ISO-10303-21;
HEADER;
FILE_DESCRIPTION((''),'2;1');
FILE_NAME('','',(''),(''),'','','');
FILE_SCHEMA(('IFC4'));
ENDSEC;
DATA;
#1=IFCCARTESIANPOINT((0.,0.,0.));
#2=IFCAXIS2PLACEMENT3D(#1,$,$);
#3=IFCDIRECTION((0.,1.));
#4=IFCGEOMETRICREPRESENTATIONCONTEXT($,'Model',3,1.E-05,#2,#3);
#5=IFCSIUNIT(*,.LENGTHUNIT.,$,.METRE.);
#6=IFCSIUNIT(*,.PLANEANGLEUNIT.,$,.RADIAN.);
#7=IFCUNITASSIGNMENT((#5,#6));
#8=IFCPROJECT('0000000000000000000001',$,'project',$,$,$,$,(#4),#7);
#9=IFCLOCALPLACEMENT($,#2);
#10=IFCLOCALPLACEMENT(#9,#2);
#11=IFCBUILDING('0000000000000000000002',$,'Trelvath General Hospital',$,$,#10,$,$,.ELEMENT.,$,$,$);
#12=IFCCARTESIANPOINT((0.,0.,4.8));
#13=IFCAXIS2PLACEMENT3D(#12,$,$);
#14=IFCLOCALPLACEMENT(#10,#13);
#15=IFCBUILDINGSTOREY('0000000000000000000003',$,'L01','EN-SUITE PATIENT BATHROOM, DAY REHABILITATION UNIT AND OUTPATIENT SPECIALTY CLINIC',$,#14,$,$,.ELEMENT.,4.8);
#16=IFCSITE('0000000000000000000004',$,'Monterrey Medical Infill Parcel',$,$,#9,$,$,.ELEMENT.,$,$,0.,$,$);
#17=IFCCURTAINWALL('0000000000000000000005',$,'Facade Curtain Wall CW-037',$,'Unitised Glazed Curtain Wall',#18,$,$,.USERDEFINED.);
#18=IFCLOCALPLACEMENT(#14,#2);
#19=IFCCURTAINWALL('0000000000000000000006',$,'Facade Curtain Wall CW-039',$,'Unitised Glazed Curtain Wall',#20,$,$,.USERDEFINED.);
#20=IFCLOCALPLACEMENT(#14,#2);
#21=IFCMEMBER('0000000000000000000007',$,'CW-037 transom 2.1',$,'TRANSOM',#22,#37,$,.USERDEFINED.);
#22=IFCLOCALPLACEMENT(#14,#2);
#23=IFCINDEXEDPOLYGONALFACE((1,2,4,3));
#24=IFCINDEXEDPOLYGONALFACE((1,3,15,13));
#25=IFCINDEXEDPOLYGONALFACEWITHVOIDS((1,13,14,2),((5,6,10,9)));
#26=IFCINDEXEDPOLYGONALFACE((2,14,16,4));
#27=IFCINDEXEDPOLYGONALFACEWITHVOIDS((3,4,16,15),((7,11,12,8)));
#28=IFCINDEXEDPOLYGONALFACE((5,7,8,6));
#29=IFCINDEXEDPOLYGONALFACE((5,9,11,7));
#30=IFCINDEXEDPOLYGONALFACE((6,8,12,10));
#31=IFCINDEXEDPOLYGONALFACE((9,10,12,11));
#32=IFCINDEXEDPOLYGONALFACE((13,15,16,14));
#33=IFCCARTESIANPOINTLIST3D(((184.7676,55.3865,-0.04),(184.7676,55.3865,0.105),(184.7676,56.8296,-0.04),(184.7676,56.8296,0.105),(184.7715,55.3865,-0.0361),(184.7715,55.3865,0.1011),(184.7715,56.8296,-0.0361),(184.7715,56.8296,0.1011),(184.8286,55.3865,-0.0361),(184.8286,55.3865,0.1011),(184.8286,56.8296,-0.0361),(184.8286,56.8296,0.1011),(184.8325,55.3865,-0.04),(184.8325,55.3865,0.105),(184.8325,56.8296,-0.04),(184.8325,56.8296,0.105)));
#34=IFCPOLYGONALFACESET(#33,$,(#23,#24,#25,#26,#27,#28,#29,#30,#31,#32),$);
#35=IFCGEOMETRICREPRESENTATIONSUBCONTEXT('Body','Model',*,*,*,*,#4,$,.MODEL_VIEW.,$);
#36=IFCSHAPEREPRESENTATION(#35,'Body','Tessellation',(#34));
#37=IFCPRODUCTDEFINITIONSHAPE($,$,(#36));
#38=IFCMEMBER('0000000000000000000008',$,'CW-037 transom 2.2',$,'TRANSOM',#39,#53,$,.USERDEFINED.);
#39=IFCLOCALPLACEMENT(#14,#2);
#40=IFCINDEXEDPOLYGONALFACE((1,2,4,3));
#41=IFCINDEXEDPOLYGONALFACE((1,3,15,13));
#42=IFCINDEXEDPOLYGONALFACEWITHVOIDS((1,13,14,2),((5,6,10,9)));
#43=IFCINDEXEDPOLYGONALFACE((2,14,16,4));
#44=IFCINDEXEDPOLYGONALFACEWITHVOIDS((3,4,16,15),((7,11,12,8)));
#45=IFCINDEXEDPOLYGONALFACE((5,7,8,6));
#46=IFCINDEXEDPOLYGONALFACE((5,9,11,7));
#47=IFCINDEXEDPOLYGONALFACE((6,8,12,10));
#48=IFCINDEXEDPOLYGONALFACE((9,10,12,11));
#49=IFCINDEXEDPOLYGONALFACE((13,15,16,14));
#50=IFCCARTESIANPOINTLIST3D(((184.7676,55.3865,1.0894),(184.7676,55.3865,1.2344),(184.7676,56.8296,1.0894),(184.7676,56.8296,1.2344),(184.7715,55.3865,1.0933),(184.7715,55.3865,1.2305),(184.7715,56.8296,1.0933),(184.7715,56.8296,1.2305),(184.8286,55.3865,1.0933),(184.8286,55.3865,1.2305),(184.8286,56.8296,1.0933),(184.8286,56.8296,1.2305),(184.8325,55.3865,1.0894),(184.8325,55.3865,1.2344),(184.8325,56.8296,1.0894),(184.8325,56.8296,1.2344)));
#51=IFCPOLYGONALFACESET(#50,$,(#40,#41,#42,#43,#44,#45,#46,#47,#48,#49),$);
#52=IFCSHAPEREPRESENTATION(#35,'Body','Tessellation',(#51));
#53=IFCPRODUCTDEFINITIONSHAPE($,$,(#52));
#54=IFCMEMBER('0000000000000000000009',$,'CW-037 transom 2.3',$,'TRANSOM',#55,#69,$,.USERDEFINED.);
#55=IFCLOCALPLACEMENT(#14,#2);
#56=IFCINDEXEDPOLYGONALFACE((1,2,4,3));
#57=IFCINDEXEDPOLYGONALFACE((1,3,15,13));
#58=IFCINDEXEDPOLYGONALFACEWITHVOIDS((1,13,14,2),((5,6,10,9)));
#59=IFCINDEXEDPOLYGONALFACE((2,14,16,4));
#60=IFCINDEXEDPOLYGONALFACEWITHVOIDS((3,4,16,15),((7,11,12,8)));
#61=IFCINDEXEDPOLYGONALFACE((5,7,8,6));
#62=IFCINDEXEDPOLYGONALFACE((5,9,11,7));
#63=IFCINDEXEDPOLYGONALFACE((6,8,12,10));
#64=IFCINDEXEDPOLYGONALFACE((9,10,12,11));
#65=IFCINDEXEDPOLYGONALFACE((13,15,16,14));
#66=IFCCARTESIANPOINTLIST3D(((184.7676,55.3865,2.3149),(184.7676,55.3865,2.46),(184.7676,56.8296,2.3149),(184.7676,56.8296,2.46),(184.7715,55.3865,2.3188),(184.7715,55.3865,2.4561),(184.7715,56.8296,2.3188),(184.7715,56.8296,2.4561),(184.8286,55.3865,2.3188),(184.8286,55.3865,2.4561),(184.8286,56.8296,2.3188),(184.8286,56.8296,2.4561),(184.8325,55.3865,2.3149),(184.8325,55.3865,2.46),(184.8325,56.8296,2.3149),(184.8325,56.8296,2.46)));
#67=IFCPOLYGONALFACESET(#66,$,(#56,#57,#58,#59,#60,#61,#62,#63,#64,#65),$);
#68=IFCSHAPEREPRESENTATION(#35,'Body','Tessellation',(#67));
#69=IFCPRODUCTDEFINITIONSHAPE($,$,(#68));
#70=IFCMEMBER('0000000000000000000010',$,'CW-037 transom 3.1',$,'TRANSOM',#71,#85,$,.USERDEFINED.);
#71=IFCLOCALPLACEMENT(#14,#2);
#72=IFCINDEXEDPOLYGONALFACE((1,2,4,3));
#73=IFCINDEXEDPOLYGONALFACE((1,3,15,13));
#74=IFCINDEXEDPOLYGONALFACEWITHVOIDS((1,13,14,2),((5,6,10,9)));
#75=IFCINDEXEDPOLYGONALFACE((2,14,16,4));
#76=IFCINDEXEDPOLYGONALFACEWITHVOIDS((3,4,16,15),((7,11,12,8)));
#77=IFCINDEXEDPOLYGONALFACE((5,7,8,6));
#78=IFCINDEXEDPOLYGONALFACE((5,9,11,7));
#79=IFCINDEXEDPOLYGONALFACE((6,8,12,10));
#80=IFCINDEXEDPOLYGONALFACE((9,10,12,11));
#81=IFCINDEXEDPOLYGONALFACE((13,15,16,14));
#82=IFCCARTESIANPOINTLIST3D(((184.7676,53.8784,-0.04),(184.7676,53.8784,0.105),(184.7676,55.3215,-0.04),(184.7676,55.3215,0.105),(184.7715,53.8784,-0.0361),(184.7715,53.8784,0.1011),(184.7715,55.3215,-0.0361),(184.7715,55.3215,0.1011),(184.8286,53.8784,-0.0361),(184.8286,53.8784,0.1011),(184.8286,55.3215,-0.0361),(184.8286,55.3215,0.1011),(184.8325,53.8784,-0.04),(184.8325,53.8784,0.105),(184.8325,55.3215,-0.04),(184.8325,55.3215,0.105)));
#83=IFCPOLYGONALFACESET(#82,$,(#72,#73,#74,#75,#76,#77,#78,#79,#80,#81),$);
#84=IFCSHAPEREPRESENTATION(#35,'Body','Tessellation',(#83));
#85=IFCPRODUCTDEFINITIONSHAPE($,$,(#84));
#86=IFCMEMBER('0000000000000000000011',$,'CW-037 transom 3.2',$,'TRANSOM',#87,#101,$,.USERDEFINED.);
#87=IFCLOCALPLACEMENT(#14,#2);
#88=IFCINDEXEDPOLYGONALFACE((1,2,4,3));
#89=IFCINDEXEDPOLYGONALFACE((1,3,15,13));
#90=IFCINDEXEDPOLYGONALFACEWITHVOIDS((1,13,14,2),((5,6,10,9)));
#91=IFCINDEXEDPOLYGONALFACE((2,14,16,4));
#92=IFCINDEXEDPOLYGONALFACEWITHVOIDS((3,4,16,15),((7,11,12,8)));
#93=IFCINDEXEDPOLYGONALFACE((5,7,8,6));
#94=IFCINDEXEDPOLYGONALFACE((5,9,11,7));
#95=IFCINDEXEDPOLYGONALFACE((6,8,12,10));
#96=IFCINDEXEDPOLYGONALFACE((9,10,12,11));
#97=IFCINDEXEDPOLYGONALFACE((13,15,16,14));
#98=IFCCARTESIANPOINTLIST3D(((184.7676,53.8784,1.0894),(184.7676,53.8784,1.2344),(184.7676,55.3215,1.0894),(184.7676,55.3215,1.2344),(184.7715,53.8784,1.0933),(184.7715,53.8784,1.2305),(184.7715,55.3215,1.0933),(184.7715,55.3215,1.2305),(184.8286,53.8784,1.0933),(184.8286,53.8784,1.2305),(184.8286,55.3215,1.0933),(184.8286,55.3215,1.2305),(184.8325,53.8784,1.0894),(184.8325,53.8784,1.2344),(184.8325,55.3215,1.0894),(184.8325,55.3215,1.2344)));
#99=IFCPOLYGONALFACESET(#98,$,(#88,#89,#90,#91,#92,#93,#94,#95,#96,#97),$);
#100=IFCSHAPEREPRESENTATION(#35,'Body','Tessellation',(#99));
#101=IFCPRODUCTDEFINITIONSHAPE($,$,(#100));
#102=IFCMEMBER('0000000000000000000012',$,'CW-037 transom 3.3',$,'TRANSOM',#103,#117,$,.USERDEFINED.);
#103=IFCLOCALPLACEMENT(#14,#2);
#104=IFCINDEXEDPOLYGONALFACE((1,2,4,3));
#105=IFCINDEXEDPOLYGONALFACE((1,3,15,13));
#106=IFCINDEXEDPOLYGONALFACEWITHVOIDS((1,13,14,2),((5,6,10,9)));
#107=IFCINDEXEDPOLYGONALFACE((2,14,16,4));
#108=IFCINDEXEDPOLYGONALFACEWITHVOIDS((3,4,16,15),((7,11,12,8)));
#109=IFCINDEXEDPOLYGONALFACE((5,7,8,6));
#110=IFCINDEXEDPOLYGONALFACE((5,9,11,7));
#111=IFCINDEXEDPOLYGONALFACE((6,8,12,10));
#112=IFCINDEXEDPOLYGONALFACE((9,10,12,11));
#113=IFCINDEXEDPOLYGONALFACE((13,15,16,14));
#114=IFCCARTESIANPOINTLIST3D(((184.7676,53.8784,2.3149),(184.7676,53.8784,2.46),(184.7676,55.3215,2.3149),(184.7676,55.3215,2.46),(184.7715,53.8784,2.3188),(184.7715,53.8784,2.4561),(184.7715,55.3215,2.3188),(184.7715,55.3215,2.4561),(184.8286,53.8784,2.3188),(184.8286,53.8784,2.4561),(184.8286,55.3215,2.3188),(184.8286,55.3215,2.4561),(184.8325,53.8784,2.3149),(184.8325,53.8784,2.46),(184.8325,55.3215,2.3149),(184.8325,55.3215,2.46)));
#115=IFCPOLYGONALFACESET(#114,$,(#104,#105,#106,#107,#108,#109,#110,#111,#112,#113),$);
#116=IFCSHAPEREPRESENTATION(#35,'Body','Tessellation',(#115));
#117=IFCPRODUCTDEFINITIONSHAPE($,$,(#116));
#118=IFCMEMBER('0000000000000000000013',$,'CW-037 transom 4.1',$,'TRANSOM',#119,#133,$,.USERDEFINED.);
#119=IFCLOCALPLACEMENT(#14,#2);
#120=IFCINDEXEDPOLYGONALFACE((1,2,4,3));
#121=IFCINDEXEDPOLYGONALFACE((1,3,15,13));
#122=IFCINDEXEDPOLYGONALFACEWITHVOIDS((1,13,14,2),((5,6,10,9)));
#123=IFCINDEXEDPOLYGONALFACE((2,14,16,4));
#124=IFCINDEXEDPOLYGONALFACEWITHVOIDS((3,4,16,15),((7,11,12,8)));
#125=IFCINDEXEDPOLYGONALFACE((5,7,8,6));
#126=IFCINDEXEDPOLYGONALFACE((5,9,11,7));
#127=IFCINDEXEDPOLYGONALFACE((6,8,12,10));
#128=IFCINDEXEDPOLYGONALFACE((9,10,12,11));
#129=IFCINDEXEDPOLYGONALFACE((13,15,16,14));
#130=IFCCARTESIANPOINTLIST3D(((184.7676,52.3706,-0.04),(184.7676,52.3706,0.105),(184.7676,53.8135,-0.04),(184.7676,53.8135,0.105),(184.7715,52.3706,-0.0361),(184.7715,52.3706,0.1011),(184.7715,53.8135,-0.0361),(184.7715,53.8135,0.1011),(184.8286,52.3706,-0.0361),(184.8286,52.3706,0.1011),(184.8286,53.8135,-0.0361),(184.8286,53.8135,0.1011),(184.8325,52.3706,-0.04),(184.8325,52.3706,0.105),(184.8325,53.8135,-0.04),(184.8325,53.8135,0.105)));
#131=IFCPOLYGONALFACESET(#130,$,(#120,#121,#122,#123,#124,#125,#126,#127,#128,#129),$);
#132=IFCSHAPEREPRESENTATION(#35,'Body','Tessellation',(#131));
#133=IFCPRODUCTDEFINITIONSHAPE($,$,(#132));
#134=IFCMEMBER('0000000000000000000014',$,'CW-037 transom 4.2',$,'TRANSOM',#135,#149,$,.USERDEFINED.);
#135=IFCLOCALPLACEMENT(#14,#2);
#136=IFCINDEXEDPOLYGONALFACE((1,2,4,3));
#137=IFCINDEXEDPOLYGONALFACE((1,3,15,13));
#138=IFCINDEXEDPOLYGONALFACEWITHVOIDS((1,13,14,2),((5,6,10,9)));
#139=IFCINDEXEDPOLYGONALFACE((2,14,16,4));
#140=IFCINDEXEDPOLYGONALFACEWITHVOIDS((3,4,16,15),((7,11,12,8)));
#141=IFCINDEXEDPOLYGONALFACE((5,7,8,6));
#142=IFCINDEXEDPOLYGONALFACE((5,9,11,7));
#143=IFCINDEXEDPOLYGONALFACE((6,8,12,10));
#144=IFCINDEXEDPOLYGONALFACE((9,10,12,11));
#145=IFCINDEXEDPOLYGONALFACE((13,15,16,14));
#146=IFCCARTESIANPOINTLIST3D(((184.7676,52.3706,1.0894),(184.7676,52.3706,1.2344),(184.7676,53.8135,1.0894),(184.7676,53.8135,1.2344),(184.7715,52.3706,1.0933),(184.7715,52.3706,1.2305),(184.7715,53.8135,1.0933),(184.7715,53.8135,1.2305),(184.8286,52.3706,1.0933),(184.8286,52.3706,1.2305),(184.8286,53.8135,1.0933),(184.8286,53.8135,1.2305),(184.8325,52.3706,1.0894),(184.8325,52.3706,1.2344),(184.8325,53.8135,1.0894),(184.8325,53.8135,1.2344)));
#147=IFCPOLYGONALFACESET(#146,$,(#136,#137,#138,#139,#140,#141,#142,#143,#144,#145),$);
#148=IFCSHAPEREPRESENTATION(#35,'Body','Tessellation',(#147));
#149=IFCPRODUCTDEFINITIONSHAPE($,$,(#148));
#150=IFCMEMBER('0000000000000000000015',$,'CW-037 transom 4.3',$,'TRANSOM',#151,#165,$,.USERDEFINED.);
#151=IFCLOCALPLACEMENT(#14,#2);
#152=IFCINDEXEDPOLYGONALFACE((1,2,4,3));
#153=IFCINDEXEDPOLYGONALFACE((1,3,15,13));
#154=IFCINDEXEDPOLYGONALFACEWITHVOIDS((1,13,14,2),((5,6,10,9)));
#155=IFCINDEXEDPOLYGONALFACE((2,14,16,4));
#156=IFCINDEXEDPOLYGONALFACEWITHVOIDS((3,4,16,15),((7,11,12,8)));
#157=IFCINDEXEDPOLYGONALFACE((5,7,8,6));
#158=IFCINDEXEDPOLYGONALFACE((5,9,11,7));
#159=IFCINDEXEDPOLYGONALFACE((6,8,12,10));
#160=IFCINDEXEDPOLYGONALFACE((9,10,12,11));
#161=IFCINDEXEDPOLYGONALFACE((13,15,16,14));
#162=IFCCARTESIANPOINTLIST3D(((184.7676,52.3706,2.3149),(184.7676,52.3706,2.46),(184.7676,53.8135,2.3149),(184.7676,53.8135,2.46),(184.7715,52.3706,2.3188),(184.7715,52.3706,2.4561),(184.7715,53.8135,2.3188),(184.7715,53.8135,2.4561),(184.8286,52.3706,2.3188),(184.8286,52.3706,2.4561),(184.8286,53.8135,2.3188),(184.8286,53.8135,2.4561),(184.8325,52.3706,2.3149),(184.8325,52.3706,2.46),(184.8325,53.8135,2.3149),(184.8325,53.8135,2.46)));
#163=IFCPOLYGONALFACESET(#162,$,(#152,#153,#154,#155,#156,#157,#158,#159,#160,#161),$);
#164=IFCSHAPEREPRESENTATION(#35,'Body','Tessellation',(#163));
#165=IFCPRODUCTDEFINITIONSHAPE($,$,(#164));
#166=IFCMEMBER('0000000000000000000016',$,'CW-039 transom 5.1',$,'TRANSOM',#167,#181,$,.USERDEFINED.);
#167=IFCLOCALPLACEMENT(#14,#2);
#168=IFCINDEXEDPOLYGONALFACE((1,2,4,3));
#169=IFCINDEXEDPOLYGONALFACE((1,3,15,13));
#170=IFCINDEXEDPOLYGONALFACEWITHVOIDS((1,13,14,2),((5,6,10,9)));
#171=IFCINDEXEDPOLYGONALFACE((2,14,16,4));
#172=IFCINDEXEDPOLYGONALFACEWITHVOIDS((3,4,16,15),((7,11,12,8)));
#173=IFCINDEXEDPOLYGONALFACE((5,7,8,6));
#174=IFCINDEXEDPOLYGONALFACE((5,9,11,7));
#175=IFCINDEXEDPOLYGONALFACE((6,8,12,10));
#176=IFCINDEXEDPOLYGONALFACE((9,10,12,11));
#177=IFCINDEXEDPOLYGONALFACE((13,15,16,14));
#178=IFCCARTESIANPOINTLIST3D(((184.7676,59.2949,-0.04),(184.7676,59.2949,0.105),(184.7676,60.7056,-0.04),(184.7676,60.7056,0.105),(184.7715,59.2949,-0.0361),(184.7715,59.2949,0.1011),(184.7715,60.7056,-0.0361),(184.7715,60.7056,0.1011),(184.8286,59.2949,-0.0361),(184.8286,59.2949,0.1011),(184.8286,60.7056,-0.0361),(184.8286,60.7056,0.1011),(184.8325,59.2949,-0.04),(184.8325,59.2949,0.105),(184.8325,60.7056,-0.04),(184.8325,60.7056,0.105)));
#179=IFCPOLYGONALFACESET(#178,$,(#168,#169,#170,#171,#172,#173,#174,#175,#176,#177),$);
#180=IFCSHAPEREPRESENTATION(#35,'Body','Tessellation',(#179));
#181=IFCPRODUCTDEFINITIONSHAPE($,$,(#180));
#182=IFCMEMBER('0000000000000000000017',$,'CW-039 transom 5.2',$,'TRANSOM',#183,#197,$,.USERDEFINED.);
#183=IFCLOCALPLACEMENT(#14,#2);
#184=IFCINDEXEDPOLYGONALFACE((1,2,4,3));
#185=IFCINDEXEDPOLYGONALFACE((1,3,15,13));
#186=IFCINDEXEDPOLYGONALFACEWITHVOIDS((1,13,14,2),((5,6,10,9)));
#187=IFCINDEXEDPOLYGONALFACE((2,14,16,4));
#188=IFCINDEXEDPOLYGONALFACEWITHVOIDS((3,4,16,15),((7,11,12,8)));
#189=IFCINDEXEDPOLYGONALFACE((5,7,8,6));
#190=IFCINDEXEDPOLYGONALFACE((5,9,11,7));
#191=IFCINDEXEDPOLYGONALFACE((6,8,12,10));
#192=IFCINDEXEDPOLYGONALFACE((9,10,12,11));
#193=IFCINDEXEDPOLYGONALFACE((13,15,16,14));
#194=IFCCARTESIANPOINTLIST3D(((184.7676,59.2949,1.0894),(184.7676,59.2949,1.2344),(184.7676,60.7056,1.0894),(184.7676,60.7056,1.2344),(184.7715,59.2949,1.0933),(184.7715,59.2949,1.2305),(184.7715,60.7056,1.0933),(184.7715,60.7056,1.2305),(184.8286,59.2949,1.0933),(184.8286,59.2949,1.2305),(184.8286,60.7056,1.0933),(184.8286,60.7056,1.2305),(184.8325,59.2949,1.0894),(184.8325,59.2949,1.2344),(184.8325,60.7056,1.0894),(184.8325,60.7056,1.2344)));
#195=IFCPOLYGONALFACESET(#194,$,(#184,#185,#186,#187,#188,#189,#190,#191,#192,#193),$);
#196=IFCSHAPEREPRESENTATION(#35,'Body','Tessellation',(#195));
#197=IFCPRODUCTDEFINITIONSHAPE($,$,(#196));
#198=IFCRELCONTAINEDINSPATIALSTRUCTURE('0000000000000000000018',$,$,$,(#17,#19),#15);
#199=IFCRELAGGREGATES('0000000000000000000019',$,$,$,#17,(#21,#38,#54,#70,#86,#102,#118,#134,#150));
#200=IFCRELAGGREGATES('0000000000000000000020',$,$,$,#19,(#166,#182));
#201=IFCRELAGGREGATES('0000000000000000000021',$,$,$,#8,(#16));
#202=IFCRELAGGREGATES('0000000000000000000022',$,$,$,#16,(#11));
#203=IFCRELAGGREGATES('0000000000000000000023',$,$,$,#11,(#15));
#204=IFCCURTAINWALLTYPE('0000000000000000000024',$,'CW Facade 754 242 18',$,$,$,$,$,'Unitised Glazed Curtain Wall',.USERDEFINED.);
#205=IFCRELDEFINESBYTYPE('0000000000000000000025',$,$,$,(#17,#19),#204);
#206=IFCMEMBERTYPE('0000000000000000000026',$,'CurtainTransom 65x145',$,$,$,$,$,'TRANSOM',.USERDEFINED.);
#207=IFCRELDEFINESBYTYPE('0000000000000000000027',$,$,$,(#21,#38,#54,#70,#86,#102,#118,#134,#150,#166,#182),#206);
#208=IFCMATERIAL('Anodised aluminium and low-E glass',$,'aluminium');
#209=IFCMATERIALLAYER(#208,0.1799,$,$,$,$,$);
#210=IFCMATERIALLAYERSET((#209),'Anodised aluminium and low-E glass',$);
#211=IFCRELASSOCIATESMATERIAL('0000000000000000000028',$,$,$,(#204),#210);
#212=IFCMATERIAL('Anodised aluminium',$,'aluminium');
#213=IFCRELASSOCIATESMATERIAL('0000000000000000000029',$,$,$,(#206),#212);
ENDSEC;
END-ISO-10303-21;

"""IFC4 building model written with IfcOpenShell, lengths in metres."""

from ifc_helpers import new_model, si_unit, direction, frame, origin, origin_2d, place, context, subcontext, project, spatial, hollow_rectangle, extrude, material, layer, layer_set, material_profile, profile_set, type_object, element, aggregate, save


model = new_model("IFC4")

# Units and contexts
model_context = context("Model", 3, precision=1e-05, world=origin(), true_north=direction((0.0, 1.0)))
body_context = subcontext(model_context, "Body", "Model", "MODEL_VIEW")
ifc_project = project(units=[si_unit("LENGTHUNIT", "METRE"), si_unit("PLANEANGLEUNIT", "RADIAN")], contexts=[model_context])

# Site, building, storey
site_placement = place(None, origin())
site = spatial("IfcSite", under=ifc_project, at=site_placement, Name="Monterrey Medical Infill Parcel", CompositionType="ELEMENT", RefElevation=0.0)
building_placement = place(site_placement, origin())
building = spatial("IfcBuilding", under=site, at=building_placement, Name="Trelvath General Hospital", CompositionType="ELEMENT")
storey_placement = place(building_placement, frame((0.0, 0.0, 4.8)))
storey = spatial("IfcBuildingStorey", under=building, at=storey_placement, Name="L01", Description="EN-SUITE PATIENT BATHROOM, DAY REHABILITATION UNIT AND OUTPATIENT SPECIALTY CLINIC", CompositionType="ELEMENT", Elevation=4.8)

# Curtain wall
ifc_material_1 = material(Name="Anodised aluminium and low-E glass", Category="aluminium")
ifc_layer_1 = layer(ifc_material_1, 0.1799)
ifc_layer_set_1 = layer_set([ifc_layer_1], Name="Anodised aluminium and low-E glass")
curtain_wall_type = type_object("IfcCurtainWallType", Name="CW Facade 754 242 18", ElementType="Unitised Glazed Curtain Wall", PredefinedType="USERDEFINED", material=ifc_layer_set_1)
curtain_wall_1_placement = place(storey_placement, origin())
curtain_wall_1 = element("IfcCurtainWall", 1, at=curtain_wall_1_placement, inside=storey, type_object=curtain_wall_type, Name="Facade Curtain Wall CW-037", ObjectType="Unitised Glazed Curtain Wall", PredefinedType="USERDEFINED")

# Curtain wall
curtain_wall_2_placement = place(storey_placement, origin())
curtain_wall_2 = element("IfcCurtainWall", 2, at=curtain_wall_2_placement, inside=storey, type_object=curtain_wall_type, Name="Facade Curtain Wall CW-039", ObjectType="Unitised Glazed Curtain Wall", PredefinedType="USERDEFINED")

# Members
ifc_material_2 = material(Name="Anodised aluminium", Category="aluminium")
ifc_material_profile_1 = material_profile(ifc_material_2, hollow_rectangle(XDim=0.0649, YDim=0.145, WallThickness=0.0039, at=origin_2d()), Name="RHS65x145x4")
ifc_profile_set_1 = profile_set([ifc_material_profile_1], Name="Anodised aluminium")
member_type_1 = type_object("IfcMemberType", Name="CurtainTransom 65x145", ElementType="TRANSOM", PredefinedType="USERDEFINED", material=ifc_profile_set_1)
member_1_placement = place(storey_placement, frame((184.8, 56.8296, 0.0325), z_axis=(0.0, -1.0, 0.0), x_axis=(1.0, 0.0, 0.0)))
member_1 = element("IfcMember", 3, at=member_1_placement, type_object=member_type_1, Name="CW-037 transom 2.1", ObjectType="TRANSOM", PredefinedType="USERDEFINED", context=body_context, shape_type="SweptSolid", body=[
    extrude(hollow_rectangle(XDim=0.0649, YDim=0.145, WallThickness=0.0039, at=origin_2d()), origin(), (0.0, 0.0, 1.0), 1.4431),
])
member_2_placement = place(storey_placement, frame((184.8, 56.8296, 1.1619), z_axis=(0.0, -1.0, 0.0), x_axis=(1.0, 0.0, 0.0)))
member_2 = element("IfcMember", 4, at=member_2_placement, type_object=member_type_1, Name="CW-037 transom 2.2", ObjectType="TRANSOM", PredefinedType="USERDEFINED", context=body_context, shape_type="SweptSolid", body=[
    extrude(hollow_rectangle(XDim=0.0649, YDim=0.145, WallThickness=0.0039, at=origin_2d()), origin(), (0.0, 0.0, 1.0), 1.4431),
])
member_3_placement = place(storey_placement, frame((184.8, 56.8296, 2.3875), z_axis=(0.0, -1.0, 0.0), x_axis=(1.0, 0.0, 0.0)))
member_3 = element("IfcMember", 5, at=member_3_placement, type_object=member_type_1, Name="CW-037 transom 2.3", ObjectType="TRANSOM", PredefinedType="USERDEFINED", context=body_context, shape_type="SweptSolid", body=[
    extrude(hollow_rectangle(XDim=0.0649, YDim=0.145, WallThickness=0.0039, at=origin_2d()), origin(), (0.0, 0.0, 1.0), 1.4431),
])
member_4_placement = place(storey_placement, frame((184.8, 55.3215, 0.0325), z_axis=(0.0, -1.0, 0.0), x_axis=(1.0, 0.0, 0.0)))
member_4 = element("IfcMember", 6, at=member_4_placement, type_object=member_type_1, Name="CW-037 transom 3.1", ObjectType="TRANSOM", PredefinedType="USERDEFINED", context=body_context, shape_type="SweptSolid", body=[
    extrude(hollow_rectangle(XDim=0.0649, YDim=0.145, WallThickness=0.0039, at=origin_2d()), origin(), (0.0, 0.0, 1.0), 1.4431),
])
member_5_placement = place(storey_placement, frame((184.8, 55.3215, 1.1619), z_axis=(0.0, -1.0, 0.0), x_axis=(1.0, 0.0, 0.0)))
member_5 = element("IfcMember", 7, at=member_5_placement, type_object=member_type_1, Name="CW-037 transom 3.2", ObjectType="TRANSOM", PredefinedType="USERDEFINED", context=body_context, shape_type="SweptSolid", body=[
    extrude(hollow_rectangle(XDim=0.0649, YDim=0.145, WallThickness=0.0039, at=origin_2d()), origin(), (0.0, 0.0, 1.0), 1.4431),
])
member_6_placement = place(storey_placement, frame((184.8, 55.3215, 2.3875), z_axis=(0.0, -1.0, 0.0), x_axis=(1.0, 0.0, 0.0)))
member_6 = element("IfcMember", 8, at=member_6_placement, type_object=member_type_1, Name="CW-037 transom 3.3", ObjectType="TRANSOM", PredefinedType="USERDEFINED", context=body_context, shape_type="SweptSolid", body=[
    extrude(hollow_rectangle(XDim=0.0649, YDim=0.145, WallThickness=0.0039, at=origin_2d()), origin(), (0.0, 0.0, 1.0), 1.4431),
])
member_7_placement = place(storey_placement, frame((184.8, 53.8135, 0.0325), z_axis=(0.0, -1.0, 0.0), x_axis=(1.0, 0.0, 0.0)))
member_7 = element("IfcMember", 9, at=member_7_placement, type_object=member_type_1, Name="CW-037 transom 4.1", ObjectType="TRANSOM", PredefinedType="USERDEFINED", context=body_context, shape_type="SweptSolid", body=[
    extrude(hollow_rectangle(XDim=0.0649, YDim=0.145, WallThickness=0.0039, at=origin_2d()), origin(), (0.0, 0.0, 1.0), 1.4429),
])
member_8_placement = place(storey_placement, frame((184.8, 53.8135, 1.1619), z_axis=(0.0, -1.0, 0.0), x_axis=(1.0, 0.0, 0.0)))
member_8 = element("IfcMember", 10, at=member_8_placement, type_object=member_type_1, Name="CW-037 transom 4.2", ObjectType="TRANSOM", PredefinedType="USERDEFINED", context=body_context, shape_type="SweptSolid", body=[
    extrude(hollow_rectangle(XDim=0.0649, YDim=0.145, WallThickness=0.0039, at=origin_2d()), origin(), (0.0, 0.0, 1.0), 1.4429),
])
member_9_placement = place(storey_placement, frame((184.8, 53.8135, 2.3875), z_axis=(0.0, -1.0, 0.0), x_axis=(1.0, 0.0, 0.0)))
member_9 = element("IfcMember", 11, at=member_9_placement, type_object=member_type_1, Name="CW-037 transom 4.3", ObjectType="TRANSOM", PredefinedType="USERDEFINED", context=body_context, shape_type="SweptSolid", body=[
    extrude(hollow_rectangle(XDim=0.0649, YDim=0.145, WallThickness=0.0039, at=origin_2d()), origin(), (0.0, 0.0, 1.0), 1.4429),
])
member_10_placement = place(storey_placement, frame((184.8, 60.7056, 0.0325), z_axis=(0.0, -1.0, 0.0), x_axis=(1.0, 0.0, 0.0)))
member_10 = element("IfcMember", 12, at=member_10_placement, type_object=member_type_1, Name="CW-039 transom 5.1", ObjectType="TRANSOM", PredefinedType="USERDEFINED", context=body_context, shape_type="SweptSolid", body=[
    extrude(hollow_rectangle(XDim=0.0649, YDim=0.145, WallThickness=0.0039, at=origin_2d()), origin(), (0.0, 0.0, 1.0), 1.4106),
])
member_11_placement = place(storey_placement, frame((184.8, 60.7056, 1.1619), z_axis=(0.0, -1.0, 0.0), x_axis=(1.0, 0.0, 0.0)))
member_11 = element("IfcMember", 13, at=member_11_placement, type_object=member_type_1, Name="CW-039 transom 5.2", ObjectType="TRANSOM", PredefinedType="USERDEFINED", context=body_context, shape_type="SweptSolid", body=[
    extrude(hollow_rectangle(XDim=0.0649, YDim=0.145, WallThickness=0.0039, at=origin_2d()), origin(), (0.0, 0.0, 1.0), 1.4106),
])

aggregate(curtain_wall_1, [member_1, member_2, member_3, member_4, member_5, member_6, member_7, member_8, member_9])
aggregate(curtain_wall_2, [member_10, member_11])

save(model, "model.ifc")
